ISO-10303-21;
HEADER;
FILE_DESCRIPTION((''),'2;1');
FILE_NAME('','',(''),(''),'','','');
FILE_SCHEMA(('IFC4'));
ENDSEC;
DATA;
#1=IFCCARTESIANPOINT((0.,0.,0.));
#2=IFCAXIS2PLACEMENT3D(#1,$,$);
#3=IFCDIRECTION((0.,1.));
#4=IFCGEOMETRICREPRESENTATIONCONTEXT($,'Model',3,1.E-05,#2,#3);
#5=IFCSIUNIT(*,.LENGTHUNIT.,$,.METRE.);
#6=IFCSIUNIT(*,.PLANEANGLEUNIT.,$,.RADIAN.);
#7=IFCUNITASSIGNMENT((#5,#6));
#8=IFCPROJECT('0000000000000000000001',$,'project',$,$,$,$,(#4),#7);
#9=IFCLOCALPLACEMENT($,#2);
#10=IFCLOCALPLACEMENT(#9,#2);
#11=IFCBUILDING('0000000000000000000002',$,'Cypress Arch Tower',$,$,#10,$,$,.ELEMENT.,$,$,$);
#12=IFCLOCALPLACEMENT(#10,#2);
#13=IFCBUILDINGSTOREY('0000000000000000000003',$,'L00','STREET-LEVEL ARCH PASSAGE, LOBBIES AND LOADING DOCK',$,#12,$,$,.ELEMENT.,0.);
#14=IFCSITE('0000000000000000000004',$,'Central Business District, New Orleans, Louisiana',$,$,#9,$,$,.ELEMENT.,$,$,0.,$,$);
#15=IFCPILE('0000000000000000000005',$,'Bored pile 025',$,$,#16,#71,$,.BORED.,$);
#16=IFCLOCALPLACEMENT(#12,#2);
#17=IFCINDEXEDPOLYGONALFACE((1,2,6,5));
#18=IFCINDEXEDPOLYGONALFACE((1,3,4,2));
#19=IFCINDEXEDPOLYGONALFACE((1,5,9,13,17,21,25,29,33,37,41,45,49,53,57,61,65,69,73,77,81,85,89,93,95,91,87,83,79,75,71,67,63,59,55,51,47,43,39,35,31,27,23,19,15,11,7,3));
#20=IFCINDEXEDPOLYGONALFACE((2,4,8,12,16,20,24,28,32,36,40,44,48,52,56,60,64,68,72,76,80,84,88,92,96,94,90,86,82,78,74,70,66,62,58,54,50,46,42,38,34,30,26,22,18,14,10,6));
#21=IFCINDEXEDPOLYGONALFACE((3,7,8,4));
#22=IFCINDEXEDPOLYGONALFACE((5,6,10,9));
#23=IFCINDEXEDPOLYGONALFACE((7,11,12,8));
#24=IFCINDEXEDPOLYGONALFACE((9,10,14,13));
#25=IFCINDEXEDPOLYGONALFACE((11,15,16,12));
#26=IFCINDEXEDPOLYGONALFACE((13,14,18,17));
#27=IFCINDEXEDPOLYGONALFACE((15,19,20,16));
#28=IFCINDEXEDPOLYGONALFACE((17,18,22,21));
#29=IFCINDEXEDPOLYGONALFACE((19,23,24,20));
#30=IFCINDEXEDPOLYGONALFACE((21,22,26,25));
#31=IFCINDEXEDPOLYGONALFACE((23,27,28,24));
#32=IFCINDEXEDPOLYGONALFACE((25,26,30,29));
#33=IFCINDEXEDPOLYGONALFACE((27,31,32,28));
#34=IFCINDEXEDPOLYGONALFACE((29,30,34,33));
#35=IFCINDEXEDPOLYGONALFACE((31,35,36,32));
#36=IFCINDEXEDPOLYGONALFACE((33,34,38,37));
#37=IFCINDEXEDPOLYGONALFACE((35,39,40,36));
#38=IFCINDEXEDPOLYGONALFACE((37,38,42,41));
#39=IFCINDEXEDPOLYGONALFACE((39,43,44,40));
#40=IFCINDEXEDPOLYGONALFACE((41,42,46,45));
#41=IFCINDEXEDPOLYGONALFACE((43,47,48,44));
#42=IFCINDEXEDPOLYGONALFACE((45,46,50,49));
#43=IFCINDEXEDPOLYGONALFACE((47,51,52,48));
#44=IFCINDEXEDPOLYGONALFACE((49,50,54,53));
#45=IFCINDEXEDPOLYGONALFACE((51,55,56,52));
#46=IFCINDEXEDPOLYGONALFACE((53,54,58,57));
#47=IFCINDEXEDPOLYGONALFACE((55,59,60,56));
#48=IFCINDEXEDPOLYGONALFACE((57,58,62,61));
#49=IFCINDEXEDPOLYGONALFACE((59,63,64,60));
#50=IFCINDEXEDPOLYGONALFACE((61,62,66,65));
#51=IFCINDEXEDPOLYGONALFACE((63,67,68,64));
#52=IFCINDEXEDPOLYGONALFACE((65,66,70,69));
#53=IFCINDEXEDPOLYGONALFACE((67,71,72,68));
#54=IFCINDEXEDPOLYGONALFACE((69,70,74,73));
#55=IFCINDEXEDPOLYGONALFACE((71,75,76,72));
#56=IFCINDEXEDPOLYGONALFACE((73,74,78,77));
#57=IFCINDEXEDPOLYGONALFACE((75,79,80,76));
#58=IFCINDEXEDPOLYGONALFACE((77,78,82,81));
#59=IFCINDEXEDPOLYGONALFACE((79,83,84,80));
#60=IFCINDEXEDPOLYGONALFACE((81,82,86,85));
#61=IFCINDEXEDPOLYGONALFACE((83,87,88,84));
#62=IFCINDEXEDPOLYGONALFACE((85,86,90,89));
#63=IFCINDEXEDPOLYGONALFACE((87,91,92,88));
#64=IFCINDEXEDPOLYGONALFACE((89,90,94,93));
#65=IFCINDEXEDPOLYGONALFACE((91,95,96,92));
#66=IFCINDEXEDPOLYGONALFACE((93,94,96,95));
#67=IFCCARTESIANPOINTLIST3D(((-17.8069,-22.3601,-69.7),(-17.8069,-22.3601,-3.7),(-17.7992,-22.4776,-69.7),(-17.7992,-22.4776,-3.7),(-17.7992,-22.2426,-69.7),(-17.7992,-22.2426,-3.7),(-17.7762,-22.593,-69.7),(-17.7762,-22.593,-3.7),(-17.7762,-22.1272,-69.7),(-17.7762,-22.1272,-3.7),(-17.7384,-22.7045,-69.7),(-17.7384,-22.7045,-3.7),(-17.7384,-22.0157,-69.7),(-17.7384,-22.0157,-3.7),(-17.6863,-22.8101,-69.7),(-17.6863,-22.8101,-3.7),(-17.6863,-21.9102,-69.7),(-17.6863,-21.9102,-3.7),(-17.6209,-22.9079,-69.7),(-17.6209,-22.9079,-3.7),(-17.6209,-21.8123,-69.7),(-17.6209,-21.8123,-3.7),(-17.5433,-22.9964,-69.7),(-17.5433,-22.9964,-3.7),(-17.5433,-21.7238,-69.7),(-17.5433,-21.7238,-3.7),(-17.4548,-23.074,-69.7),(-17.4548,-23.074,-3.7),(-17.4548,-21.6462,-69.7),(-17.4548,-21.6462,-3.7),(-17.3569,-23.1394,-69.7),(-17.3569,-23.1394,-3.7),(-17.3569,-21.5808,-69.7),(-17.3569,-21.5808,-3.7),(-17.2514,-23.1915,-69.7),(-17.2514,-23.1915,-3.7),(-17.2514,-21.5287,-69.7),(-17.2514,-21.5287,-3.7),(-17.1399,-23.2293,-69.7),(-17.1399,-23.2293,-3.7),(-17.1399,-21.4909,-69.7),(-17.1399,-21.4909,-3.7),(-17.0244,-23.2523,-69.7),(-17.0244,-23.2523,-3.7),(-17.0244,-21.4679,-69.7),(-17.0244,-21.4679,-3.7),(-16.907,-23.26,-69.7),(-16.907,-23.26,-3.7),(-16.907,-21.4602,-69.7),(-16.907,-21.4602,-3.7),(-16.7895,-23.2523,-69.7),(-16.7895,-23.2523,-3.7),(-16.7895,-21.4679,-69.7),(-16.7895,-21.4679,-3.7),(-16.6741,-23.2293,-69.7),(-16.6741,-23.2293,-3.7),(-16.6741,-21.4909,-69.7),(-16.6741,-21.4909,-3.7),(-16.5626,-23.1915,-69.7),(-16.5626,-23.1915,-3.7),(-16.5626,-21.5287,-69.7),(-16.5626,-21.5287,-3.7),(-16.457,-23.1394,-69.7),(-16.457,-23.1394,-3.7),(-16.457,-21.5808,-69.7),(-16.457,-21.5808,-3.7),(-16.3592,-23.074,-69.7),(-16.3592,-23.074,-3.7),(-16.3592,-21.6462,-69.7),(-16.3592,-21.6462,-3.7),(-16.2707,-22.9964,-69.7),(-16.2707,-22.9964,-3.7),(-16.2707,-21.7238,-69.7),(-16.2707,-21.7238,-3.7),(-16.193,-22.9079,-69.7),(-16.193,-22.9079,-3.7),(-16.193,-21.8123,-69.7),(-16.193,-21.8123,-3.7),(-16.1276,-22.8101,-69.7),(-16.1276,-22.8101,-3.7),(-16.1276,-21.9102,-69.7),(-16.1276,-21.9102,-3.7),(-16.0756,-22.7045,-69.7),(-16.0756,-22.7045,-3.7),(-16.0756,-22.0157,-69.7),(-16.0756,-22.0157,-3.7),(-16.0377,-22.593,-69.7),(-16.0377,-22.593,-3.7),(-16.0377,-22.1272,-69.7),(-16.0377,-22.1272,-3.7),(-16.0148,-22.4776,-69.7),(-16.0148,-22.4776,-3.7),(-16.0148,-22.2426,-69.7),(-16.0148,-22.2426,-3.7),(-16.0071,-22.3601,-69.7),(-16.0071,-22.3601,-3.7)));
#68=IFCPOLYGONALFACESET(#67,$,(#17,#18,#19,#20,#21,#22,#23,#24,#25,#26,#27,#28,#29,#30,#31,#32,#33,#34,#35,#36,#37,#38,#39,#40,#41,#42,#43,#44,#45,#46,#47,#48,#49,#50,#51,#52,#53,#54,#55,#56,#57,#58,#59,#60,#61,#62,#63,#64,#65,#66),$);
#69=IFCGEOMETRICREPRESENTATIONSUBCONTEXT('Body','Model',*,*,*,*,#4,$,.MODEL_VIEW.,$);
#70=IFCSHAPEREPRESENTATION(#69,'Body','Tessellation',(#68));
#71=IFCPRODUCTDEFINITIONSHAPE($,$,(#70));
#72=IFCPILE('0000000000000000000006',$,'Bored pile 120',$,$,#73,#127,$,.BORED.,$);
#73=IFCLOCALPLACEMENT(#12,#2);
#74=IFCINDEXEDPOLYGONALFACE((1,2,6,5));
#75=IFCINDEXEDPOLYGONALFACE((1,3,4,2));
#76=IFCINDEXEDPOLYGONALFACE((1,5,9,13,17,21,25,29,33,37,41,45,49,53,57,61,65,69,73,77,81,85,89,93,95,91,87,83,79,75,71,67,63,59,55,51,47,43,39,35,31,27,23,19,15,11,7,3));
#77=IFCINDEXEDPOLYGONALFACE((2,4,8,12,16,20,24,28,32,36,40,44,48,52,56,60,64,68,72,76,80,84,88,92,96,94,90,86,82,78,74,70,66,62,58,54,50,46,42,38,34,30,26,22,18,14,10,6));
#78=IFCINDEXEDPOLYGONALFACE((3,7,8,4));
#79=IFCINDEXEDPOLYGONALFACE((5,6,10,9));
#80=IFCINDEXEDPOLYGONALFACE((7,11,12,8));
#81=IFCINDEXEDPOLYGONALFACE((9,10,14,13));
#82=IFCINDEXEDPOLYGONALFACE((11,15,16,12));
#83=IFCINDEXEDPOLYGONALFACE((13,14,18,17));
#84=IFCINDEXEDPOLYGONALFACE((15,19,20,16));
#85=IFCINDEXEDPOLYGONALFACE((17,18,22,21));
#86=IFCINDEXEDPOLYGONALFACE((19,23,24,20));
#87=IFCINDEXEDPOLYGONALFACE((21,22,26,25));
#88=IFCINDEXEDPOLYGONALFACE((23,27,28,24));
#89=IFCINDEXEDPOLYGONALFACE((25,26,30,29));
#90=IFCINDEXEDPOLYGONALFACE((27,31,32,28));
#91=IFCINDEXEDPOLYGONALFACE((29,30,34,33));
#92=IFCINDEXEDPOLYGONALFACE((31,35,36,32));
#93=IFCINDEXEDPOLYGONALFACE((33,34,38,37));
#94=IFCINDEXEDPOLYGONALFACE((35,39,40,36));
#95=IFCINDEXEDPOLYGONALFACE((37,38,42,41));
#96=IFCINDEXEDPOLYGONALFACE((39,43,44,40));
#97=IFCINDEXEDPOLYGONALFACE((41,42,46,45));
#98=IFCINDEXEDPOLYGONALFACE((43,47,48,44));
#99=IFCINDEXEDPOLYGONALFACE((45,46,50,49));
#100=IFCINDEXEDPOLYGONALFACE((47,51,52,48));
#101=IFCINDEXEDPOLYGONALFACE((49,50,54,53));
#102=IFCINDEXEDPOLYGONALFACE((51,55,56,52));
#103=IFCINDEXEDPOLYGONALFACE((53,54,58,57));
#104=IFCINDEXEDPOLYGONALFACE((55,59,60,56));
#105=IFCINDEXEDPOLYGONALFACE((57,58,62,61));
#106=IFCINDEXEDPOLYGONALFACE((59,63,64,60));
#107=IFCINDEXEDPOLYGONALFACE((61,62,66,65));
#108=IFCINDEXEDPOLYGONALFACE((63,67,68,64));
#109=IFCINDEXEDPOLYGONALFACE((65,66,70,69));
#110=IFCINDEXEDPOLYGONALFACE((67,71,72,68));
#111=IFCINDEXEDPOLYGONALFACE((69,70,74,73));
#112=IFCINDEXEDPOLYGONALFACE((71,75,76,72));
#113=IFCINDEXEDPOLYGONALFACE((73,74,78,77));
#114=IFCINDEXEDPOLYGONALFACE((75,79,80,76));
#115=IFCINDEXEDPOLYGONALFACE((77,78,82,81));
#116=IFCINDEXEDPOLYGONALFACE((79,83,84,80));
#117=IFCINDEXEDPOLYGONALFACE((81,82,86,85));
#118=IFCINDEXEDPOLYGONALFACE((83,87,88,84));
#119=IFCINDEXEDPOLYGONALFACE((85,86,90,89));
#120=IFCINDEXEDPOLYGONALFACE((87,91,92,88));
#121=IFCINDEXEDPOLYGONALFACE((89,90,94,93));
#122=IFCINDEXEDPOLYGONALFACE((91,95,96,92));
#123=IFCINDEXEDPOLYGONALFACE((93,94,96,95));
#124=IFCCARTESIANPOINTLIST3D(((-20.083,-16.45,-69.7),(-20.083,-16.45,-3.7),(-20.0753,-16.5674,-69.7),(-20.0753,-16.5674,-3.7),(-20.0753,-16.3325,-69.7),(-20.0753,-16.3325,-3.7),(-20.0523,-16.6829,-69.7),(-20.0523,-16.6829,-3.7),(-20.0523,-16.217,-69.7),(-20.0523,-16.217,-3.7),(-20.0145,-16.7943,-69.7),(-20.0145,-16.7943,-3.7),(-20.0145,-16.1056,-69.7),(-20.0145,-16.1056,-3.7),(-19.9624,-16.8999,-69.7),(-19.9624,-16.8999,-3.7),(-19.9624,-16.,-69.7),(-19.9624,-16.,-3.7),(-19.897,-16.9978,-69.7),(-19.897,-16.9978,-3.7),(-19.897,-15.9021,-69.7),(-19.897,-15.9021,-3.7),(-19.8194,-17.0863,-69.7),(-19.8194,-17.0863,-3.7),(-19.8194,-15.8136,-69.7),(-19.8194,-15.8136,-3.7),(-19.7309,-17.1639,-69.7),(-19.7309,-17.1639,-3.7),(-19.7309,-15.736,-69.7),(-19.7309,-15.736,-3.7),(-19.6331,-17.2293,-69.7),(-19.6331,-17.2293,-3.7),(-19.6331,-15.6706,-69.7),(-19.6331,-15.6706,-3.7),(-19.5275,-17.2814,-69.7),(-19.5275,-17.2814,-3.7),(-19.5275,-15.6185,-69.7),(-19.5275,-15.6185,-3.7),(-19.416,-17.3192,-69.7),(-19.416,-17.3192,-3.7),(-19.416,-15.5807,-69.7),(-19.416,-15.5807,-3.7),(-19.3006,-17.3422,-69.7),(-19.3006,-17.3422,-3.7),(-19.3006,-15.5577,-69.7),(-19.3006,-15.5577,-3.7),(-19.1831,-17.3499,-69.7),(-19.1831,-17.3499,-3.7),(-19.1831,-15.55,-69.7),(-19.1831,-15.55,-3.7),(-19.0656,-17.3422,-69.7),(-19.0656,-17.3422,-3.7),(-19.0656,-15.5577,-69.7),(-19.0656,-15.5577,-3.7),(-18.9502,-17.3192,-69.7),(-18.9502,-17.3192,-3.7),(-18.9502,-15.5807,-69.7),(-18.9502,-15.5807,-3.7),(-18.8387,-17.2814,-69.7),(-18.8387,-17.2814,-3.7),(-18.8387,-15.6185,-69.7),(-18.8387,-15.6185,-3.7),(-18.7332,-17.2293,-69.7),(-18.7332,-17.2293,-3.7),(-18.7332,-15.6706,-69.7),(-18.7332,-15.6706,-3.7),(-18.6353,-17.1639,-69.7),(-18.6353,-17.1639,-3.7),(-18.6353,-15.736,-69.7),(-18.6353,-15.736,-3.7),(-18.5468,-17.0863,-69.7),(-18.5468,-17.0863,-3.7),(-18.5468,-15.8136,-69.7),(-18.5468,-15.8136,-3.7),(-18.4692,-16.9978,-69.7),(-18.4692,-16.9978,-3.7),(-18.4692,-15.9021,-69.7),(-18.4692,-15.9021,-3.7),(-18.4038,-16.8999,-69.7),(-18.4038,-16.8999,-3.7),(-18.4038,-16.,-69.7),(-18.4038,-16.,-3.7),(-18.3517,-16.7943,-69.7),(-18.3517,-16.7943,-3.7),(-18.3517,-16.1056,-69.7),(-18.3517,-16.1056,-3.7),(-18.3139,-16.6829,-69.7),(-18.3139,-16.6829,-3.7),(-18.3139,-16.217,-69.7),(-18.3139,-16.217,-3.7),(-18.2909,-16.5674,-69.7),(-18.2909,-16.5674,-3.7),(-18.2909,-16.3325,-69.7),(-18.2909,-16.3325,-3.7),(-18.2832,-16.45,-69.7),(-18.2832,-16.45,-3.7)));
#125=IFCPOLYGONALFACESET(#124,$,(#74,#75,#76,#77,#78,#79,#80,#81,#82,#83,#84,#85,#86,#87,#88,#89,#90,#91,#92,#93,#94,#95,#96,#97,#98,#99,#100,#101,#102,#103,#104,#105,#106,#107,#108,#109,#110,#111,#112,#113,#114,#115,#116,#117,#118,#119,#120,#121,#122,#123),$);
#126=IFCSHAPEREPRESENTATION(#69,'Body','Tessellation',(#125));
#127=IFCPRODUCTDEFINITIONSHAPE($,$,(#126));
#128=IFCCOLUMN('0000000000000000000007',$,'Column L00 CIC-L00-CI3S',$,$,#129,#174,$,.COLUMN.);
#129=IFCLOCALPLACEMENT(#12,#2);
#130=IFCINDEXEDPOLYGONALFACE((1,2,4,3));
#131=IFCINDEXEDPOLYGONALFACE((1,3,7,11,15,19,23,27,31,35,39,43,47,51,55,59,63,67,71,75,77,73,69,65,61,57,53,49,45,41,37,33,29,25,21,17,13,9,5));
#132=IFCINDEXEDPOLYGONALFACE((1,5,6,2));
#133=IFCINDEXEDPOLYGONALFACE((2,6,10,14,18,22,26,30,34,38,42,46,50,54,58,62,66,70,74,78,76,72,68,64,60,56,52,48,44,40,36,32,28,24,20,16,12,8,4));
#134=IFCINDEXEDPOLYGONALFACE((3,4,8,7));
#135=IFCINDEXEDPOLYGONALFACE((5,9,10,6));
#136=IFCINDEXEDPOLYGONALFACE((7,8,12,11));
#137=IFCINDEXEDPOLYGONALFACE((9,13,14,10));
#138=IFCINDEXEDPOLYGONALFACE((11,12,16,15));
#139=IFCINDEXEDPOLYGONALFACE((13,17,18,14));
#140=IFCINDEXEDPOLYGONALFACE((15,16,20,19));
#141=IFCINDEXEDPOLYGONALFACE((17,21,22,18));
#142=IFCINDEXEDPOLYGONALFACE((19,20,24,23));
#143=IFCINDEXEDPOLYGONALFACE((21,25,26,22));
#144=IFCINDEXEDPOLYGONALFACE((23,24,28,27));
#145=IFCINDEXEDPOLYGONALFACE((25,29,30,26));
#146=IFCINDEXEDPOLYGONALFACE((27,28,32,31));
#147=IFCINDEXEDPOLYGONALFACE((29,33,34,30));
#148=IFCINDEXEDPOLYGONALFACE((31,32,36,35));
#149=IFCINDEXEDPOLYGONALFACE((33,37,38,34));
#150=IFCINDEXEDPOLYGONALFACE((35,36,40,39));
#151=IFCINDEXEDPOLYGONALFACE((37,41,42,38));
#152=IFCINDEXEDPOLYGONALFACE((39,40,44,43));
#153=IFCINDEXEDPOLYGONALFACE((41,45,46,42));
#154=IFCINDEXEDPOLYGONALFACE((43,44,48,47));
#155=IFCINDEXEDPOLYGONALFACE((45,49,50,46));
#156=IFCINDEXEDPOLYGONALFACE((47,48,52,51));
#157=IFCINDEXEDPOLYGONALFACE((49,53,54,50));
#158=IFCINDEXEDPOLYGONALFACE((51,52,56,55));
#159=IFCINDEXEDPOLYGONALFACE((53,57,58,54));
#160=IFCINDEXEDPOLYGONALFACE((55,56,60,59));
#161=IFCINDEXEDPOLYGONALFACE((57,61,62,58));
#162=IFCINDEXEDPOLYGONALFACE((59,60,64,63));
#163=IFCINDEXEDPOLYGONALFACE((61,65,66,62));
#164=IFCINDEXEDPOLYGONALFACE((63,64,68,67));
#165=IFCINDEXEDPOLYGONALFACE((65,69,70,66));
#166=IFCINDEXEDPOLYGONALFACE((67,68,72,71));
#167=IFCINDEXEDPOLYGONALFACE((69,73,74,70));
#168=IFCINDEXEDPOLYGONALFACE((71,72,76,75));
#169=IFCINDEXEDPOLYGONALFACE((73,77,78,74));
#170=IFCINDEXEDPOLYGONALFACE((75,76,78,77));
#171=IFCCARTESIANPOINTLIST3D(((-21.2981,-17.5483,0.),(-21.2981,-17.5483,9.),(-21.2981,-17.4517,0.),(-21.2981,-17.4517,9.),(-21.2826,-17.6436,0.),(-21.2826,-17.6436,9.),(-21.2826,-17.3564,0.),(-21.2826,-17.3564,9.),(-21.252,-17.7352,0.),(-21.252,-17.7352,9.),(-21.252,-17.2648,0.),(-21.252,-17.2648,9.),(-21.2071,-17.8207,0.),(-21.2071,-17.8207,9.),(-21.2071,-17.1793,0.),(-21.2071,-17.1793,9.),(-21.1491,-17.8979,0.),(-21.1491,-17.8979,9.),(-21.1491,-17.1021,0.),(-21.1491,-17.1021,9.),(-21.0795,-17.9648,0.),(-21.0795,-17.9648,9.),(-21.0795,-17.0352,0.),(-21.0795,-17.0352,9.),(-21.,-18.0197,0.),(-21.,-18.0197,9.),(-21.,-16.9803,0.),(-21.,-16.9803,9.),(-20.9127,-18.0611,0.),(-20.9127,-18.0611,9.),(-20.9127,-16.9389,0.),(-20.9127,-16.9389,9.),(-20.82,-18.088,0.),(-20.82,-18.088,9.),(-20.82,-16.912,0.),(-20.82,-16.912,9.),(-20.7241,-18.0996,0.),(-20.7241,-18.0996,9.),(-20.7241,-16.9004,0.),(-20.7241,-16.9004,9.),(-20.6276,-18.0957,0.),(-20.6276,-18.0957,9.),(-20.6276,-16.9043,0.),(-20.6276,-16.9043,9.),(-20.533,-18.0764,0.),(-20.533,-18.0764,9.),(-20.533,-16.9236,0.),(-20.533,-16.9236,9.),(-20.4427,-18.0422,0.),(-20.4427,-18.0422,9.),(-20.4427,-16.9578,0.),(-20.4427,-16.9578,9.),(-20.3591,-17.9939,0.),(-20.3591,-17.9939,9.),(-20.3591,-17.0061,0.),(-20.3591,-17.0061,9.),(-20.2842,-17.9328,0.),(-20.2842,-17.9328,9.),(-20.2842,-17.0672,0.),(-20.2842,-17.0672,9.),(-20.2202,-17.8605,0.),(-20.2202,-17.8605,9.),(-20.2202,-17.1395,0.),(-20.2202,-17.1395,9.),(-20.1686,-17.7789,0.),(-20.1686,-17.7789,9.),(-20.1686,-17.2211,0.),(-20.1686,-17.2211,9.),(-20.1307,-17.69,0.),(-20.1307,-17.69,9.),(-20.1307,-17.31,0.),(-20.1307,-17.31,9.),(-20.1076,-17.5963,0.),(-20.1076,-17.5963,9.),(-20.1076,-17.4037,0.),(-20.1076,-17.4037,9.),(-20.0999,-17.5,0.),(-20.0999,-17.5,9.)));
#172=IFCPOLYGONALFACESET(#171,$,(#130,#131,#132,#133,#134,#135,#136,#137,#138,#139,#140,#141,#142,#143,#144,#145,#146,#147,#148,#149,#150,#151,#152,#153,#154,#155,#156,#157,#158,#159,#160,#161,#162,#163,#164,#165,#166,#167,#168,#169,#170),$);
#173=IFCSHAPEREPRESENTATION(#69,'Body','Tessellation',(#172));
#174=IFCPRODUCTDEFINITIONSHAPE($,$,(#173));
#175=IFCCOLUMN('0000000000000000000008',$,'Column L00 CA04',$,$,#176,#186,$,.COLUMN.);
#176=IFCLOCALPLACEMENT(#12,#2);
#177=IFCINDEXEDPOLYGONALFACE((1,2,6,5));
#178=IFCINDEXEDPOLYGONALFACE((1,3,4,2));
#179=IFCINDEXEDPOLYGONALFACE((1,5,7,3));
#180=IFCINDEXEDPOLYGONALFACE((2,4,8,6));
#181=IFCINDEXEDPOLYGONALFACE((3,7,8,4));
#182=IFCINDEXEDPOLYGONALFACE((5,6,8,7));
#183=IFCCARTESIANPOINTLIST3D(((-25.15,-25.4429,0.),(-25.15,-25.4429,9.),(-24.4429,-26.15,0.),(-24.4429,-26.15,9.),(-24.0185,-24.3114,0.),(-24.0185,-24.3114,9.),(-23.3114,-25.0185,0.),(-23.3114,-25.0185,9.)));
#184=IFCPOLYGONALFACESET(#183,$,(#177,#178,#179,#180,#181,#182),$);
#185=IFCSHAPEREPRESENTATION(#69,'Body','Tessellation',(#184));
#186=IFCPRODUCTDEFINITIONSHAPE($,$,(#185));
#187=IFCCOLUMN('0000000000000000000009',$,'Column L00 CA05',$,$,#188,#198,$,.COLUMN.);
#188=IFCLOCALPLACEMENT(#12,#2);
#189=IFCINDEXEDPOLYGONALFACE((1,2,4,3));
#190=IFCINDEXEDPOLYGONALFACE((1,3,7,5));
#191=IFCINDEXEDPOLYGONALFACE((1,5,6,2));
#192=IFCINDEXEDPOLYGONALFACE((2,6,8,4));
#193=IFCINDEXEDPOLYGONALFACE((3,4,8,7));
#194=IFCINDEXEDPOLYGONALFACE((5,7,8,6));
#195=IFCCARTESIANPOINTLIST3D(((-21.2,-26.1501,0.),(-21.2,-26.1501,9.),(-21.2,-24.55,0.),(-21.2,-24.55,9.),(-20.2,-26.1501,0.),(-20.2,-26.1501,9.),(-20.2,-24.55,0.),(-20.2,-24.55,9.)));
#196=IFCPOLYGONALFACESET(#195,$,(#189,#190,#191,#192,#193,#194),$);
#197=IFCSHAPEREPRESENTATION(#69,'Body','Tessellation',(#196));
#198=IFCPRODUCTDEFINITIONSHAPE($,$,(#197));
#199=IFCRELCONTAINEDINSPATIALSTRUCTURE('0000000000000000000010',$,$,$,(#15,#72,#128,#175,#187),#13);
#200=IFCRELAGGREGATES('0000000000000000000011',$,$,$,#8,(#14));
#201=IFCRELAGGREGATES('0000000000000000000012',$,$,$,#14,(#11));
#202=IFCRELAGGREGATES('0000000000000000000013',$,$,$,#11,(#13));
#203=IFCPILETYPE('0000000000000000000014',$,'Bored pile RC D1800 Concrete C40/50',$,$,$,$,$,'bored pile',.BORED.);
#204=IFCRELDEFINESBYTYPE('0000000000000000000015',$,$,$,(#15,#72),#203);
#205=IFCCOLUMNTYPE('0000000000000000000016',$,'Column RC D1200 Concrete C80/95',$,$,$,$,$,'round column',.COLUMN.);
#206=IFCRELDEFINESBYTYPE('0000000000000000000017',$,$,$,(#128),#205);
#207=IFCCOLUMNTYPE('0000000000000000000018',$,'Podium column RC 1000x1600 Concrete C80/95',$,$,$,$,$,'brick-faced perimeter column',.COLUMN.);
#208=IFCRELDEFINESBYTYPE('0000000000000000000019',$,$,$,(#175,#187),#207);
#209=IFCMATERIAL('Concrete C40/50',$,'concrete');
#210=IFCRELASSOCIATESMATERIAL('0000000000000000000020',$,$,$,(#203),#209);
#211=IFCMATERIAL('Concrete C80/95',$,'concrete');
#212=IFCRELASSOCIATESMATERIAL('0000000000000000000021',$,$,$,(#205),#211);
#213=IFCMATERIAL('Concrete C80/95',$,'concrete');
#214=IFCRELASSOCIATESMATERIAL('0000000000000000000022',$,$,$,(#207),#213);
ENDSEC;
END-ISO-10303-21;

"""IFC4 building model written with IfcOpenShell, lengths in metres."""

from ifc_helpers import new_model, si_unit, direction, frame, origin, origin_2d, place, context, subcontext, project, spatial, rectangle, circle, extrude, material, material_profile, profile_set, type_object, element, save


model = new_model("IFC4")

# Units and contexts
model_context = context("Model", 3, precision=1e-05, world=origin(), true_north=direction((0.0, 1.0)))
body_context = subcontext(model_context, "Body", "Model", "MODEL_VIEW")
ifc_project = project(units=[si_unit("LENGTHUNIT", "METRE"), si_unit("PLANEANGLEUNIT", "RADIAN")], contexts=[model_context])

# Site, building, storey
site_placement = place(None, origin())
site = spatial("IfcSite", under=ifc_project, at=site_placement, Name="Central Business District, New Orleans, Louisiana", CompositionType="ELEMENT", RefElevation=0.0)
building_placement = place(site_placement, origin())
building = spatial("IfcBuilding", under=site, at=building_placement, Name="Cypress Arch Tower", CompositionType="ELEMENT")
storey_placement = place(building_placement, origin())
storey = spatial("IfcBuildingStorey", under=building, at=storey_placement, Name="L00", Description="STREET-LEVEL ARCH PASSAGE, LOBBIES AND LOADING DOCK", CompositionType="ELEMENT", Elevation=0.0)

# Piles
ifc_material_1 = material(Name="Concrete C40/50", Category="concrete")
ifc_material_profile_1 = material_profile(ifc_material_1, circle(Radius=0.8999, at=origin_2d()), Name="RC D1800")
ifc_profile_set_1 = profile_set([ifc_material_profile_1], Name="Concrete C40/50")
pile_type = type_object("IfcPileType", Name="Bored pile RC D1800 Concrete C40/50", ElementType="bored pile", PredefinedType="BORED", material=ifc_profile_set_1)
for number, where, z_axis, x_axis, name in (
    (1, (-16.907, -22.3601, -3.7), (0.0, 0.0, -1.0), (1.0, 0.0, 0.0), "Bored pile 025"),
    (2, (-19.1831, -16.45, -3.7), (0.0, 0.0, -1.0), (1.0, 0.0, 0.0), "Bored pile 120"),
):
    element("IfcPile", number, at=place(storey_placement, frame(where, z_axis=z_axis, x_axis=x_axis)), inside=storey, type_object=pile_type, Name=name, PredefinedType="BORED", context=body_context, shape_type="SweptSolid", body=[
        extrude(circle(Radius=0.8999, at=origin_2d()), origin(), (0.0, 0.0, 1.0), 66.0),
    ])

# Columns
ifc_material_2 = material(Name="Concrete C80/95", Category="concrete")
ifc_material_profile_2 = material_profile(ifc_material_2, circle(Radius=0.6001, at=origin_2d()), Name="RC D1200")
ifc_profile_set_2 = profile_set([ifc_material_profile_2], Name="Concrete C80/95")
column_type_1 = type_object("IfcColumnType", Name="Column RC D1200 Concrete C80/95", ElementType="round column", PredefinedType="COLUMN", material=ifc_profile_set_2)
column_placement = place(storey_placement, frame((-20.7, -17.5, 0.0), z_axis=(0.0, 0.0, 1.0), x_axis=(1.0, 0.0, 0.0)))
element("IfcColumn", 3, at=column_placement, inside=storey, type_object=column_type_1, Name="Column L00 CIC-L00-CI3S", PredefinedType="COLUMN", context=body_context, shape_type="SweptSolid", body=[
    extrude(circle(Radius=0.6001, at=origin_2d()), origin(), (0.0, 0.0, 1.0), 9.0),
])
ifc_material_3 = material(Name="Concrete C80/95", Category="concrete")
ifc_material_profile_3 = material_profile(ifc_material_3, rectangle(XDim=1.0, YDim=1.6001, at=origin_2d()), Name="RC 1000x1600")
ifc_profile_set_3 = profile_set([ifc_material_profile_3], Name="Concrete C80/95")
column_type_2 = type_object("IfcColumnType", Name="Podium column RC 1000x1600 Concrete C80/95", ElementType="brick-faced perimeter column", PredefinedType="COLUMN", material=ifc_profile_set_3)
for number, where, z_axis, x_axis, name in (
    (4, (-24.2307, -25.2307, 0.0), (0.0, 0.0, 1.0), (0.707107, -0.707107, 0.0), "Column L00 CA04"),
    (5, (-20.7, -25.3501, 0.0), (0.0, 0.0, 1.0), (1.0, 0.0, 0.0), "Column L00 CA05"),
):
    element("IfcColumn", number, at=place(storey_placement, frame(where, z_axis=z_axis, x_axis=x_axis)), inside=storey, type_object=column_type_2, Name=name, PredefinedType="COLUMN", context=body_context, shape_type="SweptSolid", body=[
        extrude(rectangle(XDim=1.0, YDim=1.6001, at=origin_2d()), origin(), (0.0, 0.0, 1.0), 9.0),
    ])

save(model, "model.ifc")
